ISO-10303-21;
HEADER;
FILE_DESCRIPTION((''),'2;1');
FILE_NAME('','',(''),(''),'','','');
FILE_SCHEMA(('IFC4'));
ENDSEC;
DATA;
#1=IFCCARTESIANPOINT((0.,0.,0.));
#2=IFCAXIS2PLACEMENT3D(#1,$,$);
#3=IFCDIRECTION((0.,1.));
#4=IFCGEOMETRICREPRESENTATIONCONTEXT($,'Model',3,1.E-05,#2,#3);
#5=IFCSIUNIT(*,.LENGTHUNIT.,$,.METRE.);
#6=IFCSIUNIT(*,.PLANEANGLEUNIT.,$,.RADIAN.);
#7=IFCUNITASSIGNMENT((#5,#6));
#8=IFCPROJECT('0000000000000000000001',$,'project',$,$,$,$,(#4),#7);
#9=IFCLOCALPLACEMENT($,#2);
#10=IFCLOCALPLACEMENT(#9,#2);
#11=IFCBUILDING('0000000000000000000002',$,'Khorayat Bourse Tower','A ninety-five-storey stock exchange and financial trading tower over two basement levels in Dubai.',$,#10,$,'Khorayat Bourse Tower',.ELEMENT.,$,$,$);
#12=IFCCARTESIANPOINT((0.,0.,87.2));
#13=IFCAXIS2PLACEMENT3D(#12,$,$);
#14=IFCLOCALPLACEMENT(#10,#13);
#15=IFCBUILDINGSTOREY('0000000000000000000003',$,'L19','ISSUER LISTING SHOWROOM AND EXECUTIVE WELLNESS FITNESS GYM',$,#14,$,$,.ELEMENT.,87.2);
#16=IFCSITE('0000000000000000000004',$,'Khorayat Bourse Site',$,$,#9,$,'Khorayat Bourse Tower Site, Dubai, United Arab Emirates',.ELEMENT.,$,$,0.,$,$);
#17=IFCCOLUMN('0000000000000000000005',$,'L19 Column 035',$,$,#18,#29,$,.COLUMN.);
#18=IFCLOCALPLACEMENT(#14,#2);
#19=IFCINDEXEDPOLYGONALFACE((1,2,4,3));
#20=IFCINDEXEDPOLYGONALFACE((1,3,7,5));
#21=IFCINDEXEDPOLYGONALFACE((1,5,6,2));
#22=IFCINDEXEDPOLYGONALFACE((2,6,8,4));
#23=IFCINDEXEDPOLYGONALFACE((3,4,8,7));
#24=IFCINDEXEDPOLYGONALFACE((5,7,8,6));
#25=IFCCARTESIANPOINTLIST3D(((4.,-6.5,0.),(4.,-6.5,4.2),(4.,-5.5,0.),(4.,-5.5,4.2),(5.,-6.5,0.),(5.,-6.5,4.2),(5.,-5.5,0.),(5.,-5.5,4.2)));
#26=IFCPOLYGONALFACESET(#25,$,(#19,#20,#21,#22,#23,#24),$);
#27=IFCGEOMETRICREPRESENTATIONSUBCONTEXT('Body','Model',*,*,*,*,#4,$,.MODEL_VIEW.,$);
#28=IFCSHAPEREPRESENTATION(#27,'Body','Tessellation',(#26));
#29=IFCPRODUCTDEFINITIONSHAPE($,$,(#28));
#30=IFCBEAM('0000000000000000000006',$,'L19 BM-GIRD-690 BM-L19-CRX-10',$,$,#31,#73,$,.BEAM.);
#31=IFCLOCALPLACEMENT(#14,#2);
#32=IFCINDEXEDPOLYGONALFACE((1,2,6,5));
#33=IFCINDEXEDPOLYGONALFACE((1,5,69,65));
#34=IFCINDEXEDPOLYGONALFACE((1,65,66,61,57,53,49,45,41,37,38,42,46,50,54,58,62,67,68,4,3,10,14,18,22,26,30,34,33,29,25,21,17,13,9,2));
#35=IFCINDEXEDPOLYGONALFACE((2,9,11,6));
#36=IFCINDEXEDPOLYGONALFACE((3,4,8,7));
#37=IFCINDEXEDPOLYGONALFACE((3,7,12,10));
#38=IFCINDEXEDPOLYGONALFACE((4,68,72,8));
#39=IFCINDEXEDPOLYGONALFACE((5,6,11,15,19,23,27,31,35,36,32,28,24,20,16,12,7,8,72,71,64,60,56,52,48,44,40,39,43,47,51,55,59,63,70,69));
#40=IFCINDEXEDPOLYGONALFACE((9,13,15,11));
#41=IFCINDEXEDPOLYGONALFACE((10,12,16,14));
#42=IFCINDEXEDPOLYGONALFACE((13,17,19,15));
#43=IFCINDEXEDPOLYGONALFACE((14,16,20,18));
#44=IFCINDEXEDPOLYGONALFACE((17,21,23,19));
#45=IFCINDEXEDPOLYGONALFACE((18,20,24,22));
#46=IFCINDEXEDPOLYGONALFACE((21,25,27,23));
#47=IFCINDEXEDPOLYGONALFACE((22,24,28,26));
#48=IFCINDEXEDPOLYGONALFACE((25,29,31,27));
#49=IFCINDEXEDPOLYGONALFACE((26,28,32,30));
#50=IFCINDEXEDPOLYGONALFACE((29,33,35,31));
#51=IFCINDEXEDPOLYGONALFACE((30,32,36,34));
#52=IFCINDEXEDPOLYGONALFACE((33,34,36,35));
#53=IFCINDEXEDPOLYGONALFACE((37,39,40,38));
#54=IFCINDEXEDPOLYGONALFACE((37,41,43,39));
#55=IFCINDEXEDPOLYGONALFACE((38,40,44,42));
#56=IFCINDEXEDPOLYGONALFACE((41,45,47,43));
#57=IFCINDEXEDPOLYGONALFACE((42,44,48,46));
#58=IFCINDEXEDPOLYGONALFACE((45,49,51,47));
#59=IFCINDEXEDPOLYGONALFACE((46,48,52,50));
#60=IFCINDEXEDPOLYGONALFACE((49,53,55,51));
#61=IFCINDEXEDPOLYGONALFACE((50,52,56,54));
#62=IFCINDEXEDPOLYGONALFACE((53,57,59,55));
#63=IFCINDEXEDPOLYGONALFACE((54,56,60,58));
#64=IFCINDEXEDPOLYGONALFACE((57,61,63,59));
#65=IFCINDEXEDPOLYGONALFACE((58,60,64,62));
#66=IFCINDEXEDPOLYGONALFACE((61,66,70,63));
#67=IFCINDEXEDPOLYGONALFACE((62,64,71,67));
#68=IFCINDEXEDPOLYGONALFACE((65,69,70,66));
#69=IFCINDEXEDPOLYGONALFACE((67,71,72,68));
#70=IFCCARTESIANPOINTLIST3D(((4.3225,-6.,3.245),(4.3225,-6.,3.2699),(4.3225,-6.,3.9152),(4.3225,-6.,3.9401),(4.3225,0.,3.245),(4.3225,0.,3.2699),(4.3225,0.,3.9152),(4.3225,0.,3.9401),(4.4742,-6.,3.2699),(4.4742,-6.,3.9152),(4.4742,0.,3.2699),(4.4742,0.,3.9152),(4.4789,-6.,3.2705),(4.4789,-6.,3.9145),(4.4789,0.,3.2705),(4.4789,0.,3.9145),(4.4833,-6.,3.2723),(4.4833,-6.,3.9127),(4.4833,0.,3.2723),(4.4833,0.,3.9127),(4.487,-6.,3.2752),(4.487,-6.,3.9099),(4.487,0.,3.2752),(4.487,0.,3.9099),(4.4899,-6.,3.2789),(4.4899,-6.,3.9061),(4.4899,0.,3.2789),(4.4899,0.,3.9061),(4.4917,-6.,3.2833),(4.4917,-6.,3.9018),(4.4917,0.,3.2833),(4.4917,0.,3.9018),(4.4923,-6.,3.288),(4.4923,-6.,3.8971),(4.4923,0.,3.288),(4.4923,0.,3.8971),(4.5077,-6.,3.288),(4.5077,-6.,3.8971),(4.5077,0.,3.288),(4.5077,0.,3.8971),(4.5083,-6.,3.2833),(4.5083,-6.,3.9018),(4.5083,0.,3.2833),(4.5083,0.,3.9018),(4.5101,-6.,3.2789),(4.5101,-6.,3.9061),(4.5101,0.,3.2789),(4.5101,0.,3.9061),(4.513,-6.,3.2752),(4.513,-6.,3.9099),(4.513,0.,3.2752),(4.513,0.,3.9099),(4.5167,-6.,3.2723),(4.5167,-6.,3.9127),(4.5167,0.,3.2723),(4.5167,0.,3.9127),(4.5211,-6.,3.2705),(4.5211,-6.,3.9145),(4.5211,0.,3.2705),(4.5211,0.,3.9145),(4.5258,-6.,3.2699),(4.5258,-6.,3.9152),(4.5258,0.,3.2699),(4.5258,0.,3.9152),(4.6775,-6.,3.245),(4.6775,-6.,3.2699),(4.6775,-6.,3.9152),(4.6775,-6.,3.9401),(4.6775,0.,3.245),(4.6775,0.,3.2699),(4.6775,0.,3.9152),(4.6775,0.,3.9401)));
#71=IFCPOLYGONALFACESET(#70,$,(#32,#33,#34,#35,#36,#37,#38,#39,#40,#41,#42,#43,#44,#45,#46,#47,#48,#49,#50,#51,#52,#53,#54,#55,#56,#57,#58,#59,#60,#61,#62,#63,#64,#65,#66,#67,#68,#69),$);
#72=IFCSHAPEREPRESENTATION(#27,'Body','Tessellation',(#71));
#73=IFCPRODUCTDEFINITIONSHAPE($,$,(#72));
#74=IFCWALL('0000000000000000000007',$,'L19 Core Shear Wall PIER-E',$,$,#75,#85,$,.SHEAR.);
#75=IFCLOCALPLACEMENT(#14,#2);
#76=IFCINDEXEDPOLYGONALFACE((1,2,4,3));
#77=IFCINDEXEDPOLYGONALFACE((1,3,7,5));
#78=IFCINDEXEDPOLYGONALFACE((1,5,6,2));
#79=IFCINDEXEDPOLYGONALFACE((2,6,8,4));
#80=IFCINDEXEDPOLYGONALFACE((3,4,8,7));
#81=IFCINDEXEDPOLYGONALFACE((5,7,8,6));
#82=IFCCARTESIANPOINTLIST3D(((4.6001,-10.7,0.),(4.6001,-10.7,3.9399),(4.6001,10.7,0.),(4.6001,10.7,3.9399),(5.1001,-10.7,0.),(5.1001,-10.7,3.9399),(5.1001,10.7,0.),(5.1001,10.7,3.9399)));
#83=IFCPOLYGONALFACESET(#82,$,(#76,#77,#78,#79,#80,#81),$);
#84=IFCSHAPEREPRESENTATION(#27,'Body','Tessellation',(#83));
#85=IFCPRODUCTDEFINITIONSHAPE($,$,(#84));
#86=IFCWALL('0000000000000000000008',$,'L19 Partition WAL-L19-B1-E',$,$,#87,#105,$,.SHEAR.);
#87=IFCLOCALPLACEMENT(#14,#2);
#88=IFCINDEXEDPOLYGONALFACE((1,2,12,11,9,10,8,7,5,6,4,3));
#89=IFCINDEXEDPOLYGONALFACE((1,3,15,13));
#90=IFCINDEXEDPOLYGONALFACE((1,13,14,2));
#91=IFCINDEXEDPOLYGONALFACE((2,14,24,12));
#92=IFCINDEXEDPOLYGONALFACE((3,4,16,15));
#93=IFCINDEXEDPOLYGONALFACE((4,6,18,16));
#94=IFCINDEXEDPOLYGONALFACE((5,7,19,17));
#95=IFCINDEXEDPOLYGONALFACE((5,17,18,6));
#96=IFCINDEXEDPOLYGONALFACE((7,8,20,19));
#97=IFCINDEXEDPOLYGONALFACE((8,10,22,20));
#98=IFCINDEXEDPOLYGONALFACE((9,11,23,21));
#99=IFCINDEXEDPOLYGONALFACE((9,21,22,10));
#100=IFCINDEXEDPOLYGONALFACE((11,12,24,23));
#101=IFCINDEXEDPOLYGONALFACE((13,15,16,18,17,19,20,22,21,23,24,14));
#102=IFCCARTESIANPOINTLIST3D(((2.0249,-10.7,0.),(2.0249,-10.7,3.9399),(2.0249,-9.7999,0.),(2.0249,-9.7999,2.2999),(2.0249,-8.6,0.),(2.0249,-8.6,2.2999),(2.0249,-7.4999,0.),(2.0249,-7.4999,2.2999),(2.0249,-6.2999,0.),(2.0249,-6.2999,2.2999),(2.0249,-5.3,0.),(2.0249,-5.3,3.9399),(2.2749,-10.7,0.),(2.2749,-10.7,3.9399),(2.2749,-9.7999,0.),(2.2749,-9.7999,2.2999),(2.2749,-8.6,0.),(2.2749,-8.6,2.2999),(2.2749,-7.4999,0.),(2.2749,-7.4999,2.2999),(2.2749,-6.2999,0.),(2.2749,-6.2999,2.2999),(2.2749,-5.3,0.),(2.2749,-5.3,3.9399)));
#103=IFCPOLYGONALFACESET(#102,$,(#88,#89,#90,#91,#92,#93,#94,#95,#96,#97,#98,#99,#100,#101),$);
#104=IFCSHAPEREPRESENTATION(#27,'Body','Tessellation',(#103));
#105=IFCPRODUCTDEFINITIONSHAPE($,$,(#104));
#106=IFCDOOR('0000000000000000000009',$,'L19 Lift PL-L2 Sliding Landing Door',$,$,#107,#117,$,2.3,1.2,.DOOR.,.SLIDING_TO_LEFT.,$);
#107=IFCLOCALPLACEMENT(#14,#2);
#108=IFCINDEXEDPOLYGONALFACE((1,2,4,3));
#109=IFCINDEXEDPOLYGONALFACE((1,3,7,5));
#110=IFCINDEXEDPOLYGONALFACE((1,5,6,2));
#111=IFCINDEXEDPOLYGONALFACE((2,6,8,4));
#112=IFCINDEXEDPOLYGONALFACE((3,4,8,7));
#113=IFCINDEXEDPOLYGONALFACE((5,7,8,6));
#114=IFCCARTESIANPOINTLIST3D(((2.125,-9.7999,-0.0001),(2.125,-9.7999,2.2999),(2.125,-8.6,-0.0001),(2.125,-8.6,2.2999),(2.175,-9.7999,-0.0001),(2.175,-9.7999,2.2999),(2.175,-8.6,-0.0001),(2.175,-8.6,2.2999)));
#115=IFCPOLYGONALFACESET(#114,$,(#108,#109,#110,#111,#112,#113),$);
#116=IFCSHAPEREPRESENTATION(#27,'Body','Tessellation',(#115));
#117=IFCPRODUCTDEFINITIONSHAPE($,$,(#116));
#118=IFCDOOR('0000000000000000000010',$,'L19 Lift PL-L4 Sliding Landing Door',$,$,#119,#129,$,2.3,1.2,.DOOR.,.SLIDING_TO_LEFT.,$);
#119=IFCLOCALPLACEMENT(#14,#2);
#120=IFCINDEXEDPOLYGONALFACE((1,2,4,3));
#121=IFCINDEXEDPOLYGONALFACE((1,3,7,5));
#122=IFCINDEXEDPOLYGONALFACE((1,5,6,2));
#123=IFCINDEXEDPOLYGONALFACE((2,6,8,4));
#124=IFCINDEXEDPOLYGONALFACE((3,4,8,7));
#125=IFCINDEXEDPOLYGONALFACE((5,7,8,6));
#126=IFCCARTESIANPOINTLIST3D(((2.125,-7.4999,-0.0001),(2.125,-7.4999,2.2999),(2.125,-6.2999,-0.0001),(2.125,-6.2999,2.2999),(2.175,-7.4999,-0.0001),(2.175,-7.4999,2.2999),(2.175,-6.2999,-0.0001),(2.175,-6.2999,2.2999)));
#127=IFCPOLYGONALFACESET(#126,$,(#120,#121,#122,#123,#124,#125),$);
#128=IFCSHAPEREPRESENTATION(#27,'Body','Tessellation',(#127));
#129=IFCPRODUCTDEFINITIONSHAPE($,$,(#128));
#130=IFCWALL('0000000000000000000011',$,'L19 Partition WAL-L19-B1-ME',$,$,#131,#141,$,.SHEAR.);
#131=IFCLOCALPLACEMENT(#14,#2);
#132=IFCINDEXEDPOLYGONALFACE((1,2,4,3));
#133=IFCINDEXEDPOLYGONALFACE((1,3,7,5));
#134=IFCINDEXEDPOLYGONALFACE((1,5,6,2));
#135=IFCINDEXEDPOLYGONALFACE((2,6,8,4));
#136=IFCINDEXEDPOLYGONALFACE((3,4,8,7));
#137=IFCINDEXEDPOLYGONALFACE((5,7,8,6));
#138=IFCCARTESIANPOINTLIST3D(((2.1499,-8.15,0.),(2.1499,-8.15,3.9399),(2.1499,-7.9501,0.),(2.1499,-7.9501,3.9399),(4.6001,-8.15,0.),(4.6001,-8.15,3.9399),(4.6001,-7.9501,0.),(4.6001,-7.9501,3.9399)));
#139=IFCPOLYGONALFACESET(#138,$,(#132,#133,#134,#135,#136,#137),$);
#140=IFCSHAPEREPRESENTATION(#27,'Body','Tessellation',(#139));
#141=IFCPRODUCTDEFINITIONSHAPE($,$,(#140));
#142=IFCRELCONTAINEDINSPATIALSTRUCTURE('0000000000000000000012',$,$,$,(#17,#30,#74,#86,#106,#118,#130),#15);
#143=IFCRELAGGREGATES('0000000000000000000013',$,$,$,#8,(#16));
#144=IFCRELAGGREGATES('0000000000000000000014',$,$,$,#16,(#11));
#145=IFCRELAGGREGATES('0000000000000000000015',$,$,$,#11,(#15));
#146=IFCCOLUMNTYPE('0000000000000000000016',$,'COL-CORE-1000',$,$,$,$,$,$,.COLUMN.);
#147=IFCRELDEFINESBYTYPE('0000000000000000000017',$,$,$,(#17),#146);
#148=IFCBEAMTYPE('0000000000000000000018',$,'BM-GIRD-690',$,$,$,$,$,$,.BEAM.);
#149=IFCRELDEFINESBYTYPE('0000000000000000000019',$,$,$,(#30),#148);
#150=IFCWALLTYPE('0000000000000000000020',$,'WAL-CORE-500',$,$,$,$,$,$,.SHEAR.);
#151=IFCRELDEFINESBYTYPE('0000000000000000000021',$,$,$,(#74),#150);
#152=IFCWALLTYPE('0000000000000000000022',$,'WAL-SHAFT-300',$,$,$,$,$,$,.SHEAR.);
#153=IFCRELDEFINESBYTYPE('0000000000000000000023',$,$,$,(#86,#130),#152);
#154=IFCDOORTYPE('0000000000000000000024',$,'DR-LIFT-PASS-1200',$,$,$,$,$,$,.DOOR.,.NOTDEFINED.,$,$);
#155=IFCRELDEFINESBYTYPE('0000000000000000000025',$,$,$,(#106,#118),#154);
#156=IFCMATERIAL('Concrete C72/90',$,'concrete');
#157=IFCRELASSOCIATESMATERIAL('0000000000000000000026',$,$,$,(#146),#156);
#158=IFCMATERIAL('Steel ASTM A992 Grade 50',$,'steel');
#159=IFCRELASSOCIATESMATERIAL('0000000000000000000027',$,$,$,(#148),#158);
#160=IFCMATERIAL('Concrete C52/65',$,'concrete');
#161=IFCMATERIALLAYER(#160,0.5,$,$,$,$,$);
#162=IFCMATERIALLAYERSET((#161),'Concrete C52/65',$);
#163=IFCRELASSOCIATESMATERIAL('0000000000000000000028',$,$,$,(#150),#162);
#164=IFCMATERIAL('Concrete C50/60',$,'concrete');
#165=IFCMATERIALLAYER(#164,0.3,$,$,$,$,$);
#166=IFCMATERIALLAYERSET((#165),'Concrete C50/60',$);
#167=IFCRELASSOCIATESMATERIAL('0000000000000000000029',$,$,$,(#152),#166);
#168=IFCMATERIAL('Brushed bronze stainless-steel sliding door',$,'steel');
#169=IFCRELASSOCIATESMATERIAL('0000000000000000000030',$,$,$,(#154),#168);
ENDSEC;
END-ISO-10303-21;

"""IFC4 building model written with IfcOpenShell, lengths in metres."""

from ifc_helpers import new_model, si_unit, direction, frame, frame_2d, origin, origin_2d, place, context, subcontext, project, spatial, rectangle, i_section, extrude, source, transform, mapped, material, layer, layer_set, material_profile, profile_set, type_object, element, fill, save


model = new_model("IFC4")

# Units and contexts
model_context = context("Model", 3, precision=1e-05, world=origin(), true_north=direction((0.0, 1.0)))
body_context = subcontext(model_context, "Body", "Model", "MODEL_VIEW")
ifc_project = project(units=[si_unit("LENGTHUNIT", "METRE"), si_unit("PLANEANGLEUNIT", "RADIAN")], contexts=[model_context])

# Site, building, storey
site_placement = place(None, origin())
site = spatial("IfcSite", under=ifc_project, at=site_placement, Name="Khorayat Bourse Site", LongName="Khorayat Bourse Tower Site, Dubai, United Arab Emirates", CompositionType="ELEMENT", RefElevation=0.0)
building_placement = place(site_placement, origin())
building = spatial("IfcBuilding", under=site, at=building_placement, Name="Khorayat Bourse Tower", Description="A ninety-five-storey stock exchange and financial trading tower over two basement levels in Dubai.", LongName="Khorayat Bourse Tower", CompositionType="ELEMENT")
storey_placement = place(building_placement, frame((0.0, 0.0, 87.2)))
storey = spatial("IfcBuildingStorey", under=building, at=storey_placement, Name="L19", Description="ISSUER LISTING SHOWROOM AND EXECUTIVE WELLNESS FITNESS GYM", CompositionType="ELEMENT", Elevation=87.2)

# Column
ifc_material_1 = material(Name="Concrete C72/90", Category="concrete")
ifc_material_profile_1 = material_profile(ifc_material_1, rectangle(XDim=1.0, YDim=1.0, at=origin_2d()), Name="RC 1000x1000")
ifc_profile_set_1 = profile_set([ifc_material_profile_1], Name="Concrete C72/90")
column_type = type_object("IfcColumnType", Name="COL-CORE-1000", PredefinedType="COLUMN", material=ifc_profile_set_1)
shared_shape_1 = source(origin(), body_context, "Body", "SweptSolid", [
    extrude(rectangle(XDim=1.0, YDim=1.0, at=origin_2d()), origin(), (0.0, 0.0, 1.0), 4.2),
])
column_placement = place(storey_placement, frame((4.5, -6.0, 0.0), z_axis=(0.0, 0.0, 1.0), x_axis=(1.0, 0.0, 0.0)))
element("IfcColumn", 1, at=column_placement, inside=storey, type_object=column_type, Name="L19 Column 035", PredefinedType="COLUMN", context=body_context, shape_type="MappedRepresentation", body=[
    mapped(shared_shape_1, transform((0.0, 0.0, 0.0), scale=1.0)),
])

# Beam
ifc_material_2 = material(Name="Steel ASTM A992 Grade 50", Category="steel")
ifc_material_profile_2 = material_profile(ifc_material_2, i_section(OverallWidth=0.355, OverallDepth=0.6951, WebThickness=0.0154, FlangeThickness=0.0249, FilletRadius=0.0181, at=origin_2d()), Name="W690X217")
ifc_profile_set_2 = profile_set([ifc_material_profile_2], Name="Steel ASTM A992 Grade 50")
beam_type = type_object("IfcBeamType", Name="BM-GIRD-690", PredefinedType="BEAM", material=ifc_profile_set_2)
shared_shape_2 = source(origin(), body_context, "Body", "SweptSolid", [
    extrude(i_section(OverallWidth=0.355, OverallDepth=0.6951, WebThickness=0.0154, FlangeThickness=0.0249, FilletRadius=0.0181, at=origin_2d()), origin(), (0.0, 0.0, 1.0), 6.0),
])
beam_placement = place(storey_placement, frame((4.5, -6.0, 3.5925), z_axis=(0.0, 1.0, 0.0), x_axis=(-1.0, 0.0, 0.0)))
element("IfcBeam", 2, at=beam_placement, inside=storey, type_object=beam_type, Name="L19 BM-GIRD-690 BM-L19-CRX-10", PredefinedType="BEAM", context=body_context, shape_type="MappedRepresentation", body=[
    mapped(shared_shape_2, transform((0.0, 0.0, 0.0), scale=1.0)),
])

# Wall
ifc_material_3 = material(Name="Concrete C52/65", Category="concrete")
ifc_layer_1 = layer(ifc_material_3, 0.5)
ifc_layer_set_1 = layer_set([ifc_layer_1], Name="Concrete C52/65")
wall_type_1 = type_object("IfcWallType", Name="WAL-CORE-500", PredefinedType="SHEAR", material=ifc_layer_set_1)
shared_shape_3 = source(origin(), body_context, "Body", "SweptSolid", [
    extrude(rectangle(XDim=21.3999, YDim=0.5, at=frame_2d((10.7, 0.0))), origin(), (0.0, 0.0, 1.0), 3.9399),
])
wall_1_placement = place(storey_placement, frame((4.8501, -10.7, 0.0), z_axis=(0.0, 0.0, 1.0), x_axis=(0.0, 1.0, 0.0)))
element("IfcWall", 3, at=wall_1_placement, inside=storey, type_object=wall_type_1, Name="L19 Core Shear Wall PIER-E", PredefinedType="SHEAR", context=body_context, shape_type="MappedRepresentation", body=[
    mapped(shared_shape_3, transform((0.0, 0.0, 0.0), scale=1.0)),
])

# Wall, openings, doors
ifc_material_4 = material(Name="Concrete C50/60", Category="concrete")
ifc_layer_2 = layer(ifc_material_4, 0.3)
ifc_layer_set_2 = layer_set([ifc_layer_2], Name="Concrete C50/60")
wall_type_2 = type_object("IfcWallType", Name="WAL-SHAFT-300", PredefinedType="SHEAR", material=ifc_layer_set_2)
shared_shape_4 = source(origin(), body_context, "Body", "SweptSolid", [
    extrude(rectangle(XDim=5.3999, YDim=0.25, at=frame_2d((2.7, 0.0))), origin(), (0.0, 0.0, 1.0), 3.9399),
])
wall_2_placement = place(storey_placement, frame((2.1499, -10.7, 0.0), z_axis=(0.0, 0.0, 1.0), x_axis=(0.0, 1.0, 0.0)))
wall_2 = element("IfcWall", 4, at=wall_2_placement, inside=storey, type_object=wall_type_2, Name="L19 Partition WAL-L19-B1-E", PredefinedType="SHEAR", context=body_context, shape_type="MappedRepresentation", body=[
    mapped(shared_shape_4, transform((0.0, 0.0, 0.0), scale=1.0)),
])
shared_shape_5 = source(origin(), body_context, "Body", "SweptSolid", [
    extrude(rectangle(XDim=1.2, YDim=2.3, at=frame_2d((0.6001, 1.1499))), frame((0.0, 0.135, 0.0), z_axis=(0.0, -1.0, 0.0), x_axis=(1.0, 0.0, 0.0)), (0.0, 0.0, 1.0), 0.27),
])
opening_1_placement = place(wall_2_placement, frame((0.8999, 0.0, 0.0)))
opening_1 = element("IfcOpeningElement", 5, at=opening_1_placement, cuts=wall_2, PredefinedType="OPENING", context=body_context, shape_type="MappedRepresentation", body=[
    mapped(shared_shape_5, transform((0.0, 0.0, 0.0), scale=1.0)),
])
opening_2_placement = place(wall_2_placement, frame((3.2, 0.0, 0.0)))
opening_2 = element("IfcOpeningElement", 6, at=opening_2_placement, cuts=wall_2, PredefinedType="OPENING", context=body_context, shape_type="MappedRepresentation", body=[
    mapped(shared_shape_5, transform((0.0, 0.0, 0.0), scale=1.0)),
])
ifc_material_5 = material(Name="Brushed bronze stainless-steel sliding door", Category="steel")
door_type_1 = type_object("IfcDoorType", Name="DR-LIFT-PASS-1200", OperationType="NOTDEFINED", PredefinedType="DOOR", material=ifc_material_5)
shared_shape_6 = source(origin(), body_context, "Body", "SweptSolid", [
    extrude(rectangle(XDim=1.2, YDim=2.3, at=frame_2d((0.6001, 1.1499))), frame((0.0, 0.0249, 0.0), z_axis=(0.0, -1.0, 0.0), x_axis=(1.0, 0.0, 0.0)), (0.0, 0.0, 1.0), 0.05),
])
door_1_placement = place(opening_1_placement, origin())
door_1 = element("IfcDoor", 7, at=door_1_placement, inside=storey, type_object=door_type_1, Name="L19 Lift PL-L2 Sliding Landing Door", OperationType="SLIDING_TO_LEFT", OverallHeight=2.3, OverallWidth=1.2, PredefinedType="DOOR", context=body_context, shape_type="MappedRepresentation", body=[
    mapped(shared_shape_6, transform((0.0, 0.0, 0.0), scale=1.0)),
])
fill(opening_1, door_1)
door_2_placement = place(opening_2_placement, origin())
door_2 = element("IfcDoor", 8, at=door_2_placement, inside=storey, type_object=door_type_1, Name="L19 Lift PL-L4 Sliding Landing Door", OperationType="SLIDING_TO_LEFT", OverallHeight=2.3, OverallWidth=1.2, PredefinedType="DOOR", context=body_context, shape_type="MappedRepresentation", body=[
    mapped(shared_shape_6, transform((0.0, 0.0, 0.0), scale=1.0)),
])
fill(opening_2, door_2)

# Wall
shared_shape_7 = source(origin(), body_context, "Body", "SweptSolid", [
    extrude(rectangle(XDim=2.4502, YDim=0.2, at=frame_2d((1.2251, 0.0))), origin(), (0.0, 0.0, 1.0), 3.9399),
])
wall_3_placement = place(storey_placement, frame((2.1499, -8.05, 0.0), z_axis=(0.0, 0.0, 1.0), x_axis=(1.0, 0.0, 0.0)))
element("IfcWall", 9, at=wall_3_placement, inside=storey, type_object=wall_type_2, Name="L19 Partition WAL-L19-B1-ME", PredefinedType="SHEAR", context=body_context, shape_type="MappedRepresentation", body=[
    mapped(shared_shape_7, transform((0.0, 0.0, 0.0), scale=1.0)),
])

save(model, "model.ifc")
